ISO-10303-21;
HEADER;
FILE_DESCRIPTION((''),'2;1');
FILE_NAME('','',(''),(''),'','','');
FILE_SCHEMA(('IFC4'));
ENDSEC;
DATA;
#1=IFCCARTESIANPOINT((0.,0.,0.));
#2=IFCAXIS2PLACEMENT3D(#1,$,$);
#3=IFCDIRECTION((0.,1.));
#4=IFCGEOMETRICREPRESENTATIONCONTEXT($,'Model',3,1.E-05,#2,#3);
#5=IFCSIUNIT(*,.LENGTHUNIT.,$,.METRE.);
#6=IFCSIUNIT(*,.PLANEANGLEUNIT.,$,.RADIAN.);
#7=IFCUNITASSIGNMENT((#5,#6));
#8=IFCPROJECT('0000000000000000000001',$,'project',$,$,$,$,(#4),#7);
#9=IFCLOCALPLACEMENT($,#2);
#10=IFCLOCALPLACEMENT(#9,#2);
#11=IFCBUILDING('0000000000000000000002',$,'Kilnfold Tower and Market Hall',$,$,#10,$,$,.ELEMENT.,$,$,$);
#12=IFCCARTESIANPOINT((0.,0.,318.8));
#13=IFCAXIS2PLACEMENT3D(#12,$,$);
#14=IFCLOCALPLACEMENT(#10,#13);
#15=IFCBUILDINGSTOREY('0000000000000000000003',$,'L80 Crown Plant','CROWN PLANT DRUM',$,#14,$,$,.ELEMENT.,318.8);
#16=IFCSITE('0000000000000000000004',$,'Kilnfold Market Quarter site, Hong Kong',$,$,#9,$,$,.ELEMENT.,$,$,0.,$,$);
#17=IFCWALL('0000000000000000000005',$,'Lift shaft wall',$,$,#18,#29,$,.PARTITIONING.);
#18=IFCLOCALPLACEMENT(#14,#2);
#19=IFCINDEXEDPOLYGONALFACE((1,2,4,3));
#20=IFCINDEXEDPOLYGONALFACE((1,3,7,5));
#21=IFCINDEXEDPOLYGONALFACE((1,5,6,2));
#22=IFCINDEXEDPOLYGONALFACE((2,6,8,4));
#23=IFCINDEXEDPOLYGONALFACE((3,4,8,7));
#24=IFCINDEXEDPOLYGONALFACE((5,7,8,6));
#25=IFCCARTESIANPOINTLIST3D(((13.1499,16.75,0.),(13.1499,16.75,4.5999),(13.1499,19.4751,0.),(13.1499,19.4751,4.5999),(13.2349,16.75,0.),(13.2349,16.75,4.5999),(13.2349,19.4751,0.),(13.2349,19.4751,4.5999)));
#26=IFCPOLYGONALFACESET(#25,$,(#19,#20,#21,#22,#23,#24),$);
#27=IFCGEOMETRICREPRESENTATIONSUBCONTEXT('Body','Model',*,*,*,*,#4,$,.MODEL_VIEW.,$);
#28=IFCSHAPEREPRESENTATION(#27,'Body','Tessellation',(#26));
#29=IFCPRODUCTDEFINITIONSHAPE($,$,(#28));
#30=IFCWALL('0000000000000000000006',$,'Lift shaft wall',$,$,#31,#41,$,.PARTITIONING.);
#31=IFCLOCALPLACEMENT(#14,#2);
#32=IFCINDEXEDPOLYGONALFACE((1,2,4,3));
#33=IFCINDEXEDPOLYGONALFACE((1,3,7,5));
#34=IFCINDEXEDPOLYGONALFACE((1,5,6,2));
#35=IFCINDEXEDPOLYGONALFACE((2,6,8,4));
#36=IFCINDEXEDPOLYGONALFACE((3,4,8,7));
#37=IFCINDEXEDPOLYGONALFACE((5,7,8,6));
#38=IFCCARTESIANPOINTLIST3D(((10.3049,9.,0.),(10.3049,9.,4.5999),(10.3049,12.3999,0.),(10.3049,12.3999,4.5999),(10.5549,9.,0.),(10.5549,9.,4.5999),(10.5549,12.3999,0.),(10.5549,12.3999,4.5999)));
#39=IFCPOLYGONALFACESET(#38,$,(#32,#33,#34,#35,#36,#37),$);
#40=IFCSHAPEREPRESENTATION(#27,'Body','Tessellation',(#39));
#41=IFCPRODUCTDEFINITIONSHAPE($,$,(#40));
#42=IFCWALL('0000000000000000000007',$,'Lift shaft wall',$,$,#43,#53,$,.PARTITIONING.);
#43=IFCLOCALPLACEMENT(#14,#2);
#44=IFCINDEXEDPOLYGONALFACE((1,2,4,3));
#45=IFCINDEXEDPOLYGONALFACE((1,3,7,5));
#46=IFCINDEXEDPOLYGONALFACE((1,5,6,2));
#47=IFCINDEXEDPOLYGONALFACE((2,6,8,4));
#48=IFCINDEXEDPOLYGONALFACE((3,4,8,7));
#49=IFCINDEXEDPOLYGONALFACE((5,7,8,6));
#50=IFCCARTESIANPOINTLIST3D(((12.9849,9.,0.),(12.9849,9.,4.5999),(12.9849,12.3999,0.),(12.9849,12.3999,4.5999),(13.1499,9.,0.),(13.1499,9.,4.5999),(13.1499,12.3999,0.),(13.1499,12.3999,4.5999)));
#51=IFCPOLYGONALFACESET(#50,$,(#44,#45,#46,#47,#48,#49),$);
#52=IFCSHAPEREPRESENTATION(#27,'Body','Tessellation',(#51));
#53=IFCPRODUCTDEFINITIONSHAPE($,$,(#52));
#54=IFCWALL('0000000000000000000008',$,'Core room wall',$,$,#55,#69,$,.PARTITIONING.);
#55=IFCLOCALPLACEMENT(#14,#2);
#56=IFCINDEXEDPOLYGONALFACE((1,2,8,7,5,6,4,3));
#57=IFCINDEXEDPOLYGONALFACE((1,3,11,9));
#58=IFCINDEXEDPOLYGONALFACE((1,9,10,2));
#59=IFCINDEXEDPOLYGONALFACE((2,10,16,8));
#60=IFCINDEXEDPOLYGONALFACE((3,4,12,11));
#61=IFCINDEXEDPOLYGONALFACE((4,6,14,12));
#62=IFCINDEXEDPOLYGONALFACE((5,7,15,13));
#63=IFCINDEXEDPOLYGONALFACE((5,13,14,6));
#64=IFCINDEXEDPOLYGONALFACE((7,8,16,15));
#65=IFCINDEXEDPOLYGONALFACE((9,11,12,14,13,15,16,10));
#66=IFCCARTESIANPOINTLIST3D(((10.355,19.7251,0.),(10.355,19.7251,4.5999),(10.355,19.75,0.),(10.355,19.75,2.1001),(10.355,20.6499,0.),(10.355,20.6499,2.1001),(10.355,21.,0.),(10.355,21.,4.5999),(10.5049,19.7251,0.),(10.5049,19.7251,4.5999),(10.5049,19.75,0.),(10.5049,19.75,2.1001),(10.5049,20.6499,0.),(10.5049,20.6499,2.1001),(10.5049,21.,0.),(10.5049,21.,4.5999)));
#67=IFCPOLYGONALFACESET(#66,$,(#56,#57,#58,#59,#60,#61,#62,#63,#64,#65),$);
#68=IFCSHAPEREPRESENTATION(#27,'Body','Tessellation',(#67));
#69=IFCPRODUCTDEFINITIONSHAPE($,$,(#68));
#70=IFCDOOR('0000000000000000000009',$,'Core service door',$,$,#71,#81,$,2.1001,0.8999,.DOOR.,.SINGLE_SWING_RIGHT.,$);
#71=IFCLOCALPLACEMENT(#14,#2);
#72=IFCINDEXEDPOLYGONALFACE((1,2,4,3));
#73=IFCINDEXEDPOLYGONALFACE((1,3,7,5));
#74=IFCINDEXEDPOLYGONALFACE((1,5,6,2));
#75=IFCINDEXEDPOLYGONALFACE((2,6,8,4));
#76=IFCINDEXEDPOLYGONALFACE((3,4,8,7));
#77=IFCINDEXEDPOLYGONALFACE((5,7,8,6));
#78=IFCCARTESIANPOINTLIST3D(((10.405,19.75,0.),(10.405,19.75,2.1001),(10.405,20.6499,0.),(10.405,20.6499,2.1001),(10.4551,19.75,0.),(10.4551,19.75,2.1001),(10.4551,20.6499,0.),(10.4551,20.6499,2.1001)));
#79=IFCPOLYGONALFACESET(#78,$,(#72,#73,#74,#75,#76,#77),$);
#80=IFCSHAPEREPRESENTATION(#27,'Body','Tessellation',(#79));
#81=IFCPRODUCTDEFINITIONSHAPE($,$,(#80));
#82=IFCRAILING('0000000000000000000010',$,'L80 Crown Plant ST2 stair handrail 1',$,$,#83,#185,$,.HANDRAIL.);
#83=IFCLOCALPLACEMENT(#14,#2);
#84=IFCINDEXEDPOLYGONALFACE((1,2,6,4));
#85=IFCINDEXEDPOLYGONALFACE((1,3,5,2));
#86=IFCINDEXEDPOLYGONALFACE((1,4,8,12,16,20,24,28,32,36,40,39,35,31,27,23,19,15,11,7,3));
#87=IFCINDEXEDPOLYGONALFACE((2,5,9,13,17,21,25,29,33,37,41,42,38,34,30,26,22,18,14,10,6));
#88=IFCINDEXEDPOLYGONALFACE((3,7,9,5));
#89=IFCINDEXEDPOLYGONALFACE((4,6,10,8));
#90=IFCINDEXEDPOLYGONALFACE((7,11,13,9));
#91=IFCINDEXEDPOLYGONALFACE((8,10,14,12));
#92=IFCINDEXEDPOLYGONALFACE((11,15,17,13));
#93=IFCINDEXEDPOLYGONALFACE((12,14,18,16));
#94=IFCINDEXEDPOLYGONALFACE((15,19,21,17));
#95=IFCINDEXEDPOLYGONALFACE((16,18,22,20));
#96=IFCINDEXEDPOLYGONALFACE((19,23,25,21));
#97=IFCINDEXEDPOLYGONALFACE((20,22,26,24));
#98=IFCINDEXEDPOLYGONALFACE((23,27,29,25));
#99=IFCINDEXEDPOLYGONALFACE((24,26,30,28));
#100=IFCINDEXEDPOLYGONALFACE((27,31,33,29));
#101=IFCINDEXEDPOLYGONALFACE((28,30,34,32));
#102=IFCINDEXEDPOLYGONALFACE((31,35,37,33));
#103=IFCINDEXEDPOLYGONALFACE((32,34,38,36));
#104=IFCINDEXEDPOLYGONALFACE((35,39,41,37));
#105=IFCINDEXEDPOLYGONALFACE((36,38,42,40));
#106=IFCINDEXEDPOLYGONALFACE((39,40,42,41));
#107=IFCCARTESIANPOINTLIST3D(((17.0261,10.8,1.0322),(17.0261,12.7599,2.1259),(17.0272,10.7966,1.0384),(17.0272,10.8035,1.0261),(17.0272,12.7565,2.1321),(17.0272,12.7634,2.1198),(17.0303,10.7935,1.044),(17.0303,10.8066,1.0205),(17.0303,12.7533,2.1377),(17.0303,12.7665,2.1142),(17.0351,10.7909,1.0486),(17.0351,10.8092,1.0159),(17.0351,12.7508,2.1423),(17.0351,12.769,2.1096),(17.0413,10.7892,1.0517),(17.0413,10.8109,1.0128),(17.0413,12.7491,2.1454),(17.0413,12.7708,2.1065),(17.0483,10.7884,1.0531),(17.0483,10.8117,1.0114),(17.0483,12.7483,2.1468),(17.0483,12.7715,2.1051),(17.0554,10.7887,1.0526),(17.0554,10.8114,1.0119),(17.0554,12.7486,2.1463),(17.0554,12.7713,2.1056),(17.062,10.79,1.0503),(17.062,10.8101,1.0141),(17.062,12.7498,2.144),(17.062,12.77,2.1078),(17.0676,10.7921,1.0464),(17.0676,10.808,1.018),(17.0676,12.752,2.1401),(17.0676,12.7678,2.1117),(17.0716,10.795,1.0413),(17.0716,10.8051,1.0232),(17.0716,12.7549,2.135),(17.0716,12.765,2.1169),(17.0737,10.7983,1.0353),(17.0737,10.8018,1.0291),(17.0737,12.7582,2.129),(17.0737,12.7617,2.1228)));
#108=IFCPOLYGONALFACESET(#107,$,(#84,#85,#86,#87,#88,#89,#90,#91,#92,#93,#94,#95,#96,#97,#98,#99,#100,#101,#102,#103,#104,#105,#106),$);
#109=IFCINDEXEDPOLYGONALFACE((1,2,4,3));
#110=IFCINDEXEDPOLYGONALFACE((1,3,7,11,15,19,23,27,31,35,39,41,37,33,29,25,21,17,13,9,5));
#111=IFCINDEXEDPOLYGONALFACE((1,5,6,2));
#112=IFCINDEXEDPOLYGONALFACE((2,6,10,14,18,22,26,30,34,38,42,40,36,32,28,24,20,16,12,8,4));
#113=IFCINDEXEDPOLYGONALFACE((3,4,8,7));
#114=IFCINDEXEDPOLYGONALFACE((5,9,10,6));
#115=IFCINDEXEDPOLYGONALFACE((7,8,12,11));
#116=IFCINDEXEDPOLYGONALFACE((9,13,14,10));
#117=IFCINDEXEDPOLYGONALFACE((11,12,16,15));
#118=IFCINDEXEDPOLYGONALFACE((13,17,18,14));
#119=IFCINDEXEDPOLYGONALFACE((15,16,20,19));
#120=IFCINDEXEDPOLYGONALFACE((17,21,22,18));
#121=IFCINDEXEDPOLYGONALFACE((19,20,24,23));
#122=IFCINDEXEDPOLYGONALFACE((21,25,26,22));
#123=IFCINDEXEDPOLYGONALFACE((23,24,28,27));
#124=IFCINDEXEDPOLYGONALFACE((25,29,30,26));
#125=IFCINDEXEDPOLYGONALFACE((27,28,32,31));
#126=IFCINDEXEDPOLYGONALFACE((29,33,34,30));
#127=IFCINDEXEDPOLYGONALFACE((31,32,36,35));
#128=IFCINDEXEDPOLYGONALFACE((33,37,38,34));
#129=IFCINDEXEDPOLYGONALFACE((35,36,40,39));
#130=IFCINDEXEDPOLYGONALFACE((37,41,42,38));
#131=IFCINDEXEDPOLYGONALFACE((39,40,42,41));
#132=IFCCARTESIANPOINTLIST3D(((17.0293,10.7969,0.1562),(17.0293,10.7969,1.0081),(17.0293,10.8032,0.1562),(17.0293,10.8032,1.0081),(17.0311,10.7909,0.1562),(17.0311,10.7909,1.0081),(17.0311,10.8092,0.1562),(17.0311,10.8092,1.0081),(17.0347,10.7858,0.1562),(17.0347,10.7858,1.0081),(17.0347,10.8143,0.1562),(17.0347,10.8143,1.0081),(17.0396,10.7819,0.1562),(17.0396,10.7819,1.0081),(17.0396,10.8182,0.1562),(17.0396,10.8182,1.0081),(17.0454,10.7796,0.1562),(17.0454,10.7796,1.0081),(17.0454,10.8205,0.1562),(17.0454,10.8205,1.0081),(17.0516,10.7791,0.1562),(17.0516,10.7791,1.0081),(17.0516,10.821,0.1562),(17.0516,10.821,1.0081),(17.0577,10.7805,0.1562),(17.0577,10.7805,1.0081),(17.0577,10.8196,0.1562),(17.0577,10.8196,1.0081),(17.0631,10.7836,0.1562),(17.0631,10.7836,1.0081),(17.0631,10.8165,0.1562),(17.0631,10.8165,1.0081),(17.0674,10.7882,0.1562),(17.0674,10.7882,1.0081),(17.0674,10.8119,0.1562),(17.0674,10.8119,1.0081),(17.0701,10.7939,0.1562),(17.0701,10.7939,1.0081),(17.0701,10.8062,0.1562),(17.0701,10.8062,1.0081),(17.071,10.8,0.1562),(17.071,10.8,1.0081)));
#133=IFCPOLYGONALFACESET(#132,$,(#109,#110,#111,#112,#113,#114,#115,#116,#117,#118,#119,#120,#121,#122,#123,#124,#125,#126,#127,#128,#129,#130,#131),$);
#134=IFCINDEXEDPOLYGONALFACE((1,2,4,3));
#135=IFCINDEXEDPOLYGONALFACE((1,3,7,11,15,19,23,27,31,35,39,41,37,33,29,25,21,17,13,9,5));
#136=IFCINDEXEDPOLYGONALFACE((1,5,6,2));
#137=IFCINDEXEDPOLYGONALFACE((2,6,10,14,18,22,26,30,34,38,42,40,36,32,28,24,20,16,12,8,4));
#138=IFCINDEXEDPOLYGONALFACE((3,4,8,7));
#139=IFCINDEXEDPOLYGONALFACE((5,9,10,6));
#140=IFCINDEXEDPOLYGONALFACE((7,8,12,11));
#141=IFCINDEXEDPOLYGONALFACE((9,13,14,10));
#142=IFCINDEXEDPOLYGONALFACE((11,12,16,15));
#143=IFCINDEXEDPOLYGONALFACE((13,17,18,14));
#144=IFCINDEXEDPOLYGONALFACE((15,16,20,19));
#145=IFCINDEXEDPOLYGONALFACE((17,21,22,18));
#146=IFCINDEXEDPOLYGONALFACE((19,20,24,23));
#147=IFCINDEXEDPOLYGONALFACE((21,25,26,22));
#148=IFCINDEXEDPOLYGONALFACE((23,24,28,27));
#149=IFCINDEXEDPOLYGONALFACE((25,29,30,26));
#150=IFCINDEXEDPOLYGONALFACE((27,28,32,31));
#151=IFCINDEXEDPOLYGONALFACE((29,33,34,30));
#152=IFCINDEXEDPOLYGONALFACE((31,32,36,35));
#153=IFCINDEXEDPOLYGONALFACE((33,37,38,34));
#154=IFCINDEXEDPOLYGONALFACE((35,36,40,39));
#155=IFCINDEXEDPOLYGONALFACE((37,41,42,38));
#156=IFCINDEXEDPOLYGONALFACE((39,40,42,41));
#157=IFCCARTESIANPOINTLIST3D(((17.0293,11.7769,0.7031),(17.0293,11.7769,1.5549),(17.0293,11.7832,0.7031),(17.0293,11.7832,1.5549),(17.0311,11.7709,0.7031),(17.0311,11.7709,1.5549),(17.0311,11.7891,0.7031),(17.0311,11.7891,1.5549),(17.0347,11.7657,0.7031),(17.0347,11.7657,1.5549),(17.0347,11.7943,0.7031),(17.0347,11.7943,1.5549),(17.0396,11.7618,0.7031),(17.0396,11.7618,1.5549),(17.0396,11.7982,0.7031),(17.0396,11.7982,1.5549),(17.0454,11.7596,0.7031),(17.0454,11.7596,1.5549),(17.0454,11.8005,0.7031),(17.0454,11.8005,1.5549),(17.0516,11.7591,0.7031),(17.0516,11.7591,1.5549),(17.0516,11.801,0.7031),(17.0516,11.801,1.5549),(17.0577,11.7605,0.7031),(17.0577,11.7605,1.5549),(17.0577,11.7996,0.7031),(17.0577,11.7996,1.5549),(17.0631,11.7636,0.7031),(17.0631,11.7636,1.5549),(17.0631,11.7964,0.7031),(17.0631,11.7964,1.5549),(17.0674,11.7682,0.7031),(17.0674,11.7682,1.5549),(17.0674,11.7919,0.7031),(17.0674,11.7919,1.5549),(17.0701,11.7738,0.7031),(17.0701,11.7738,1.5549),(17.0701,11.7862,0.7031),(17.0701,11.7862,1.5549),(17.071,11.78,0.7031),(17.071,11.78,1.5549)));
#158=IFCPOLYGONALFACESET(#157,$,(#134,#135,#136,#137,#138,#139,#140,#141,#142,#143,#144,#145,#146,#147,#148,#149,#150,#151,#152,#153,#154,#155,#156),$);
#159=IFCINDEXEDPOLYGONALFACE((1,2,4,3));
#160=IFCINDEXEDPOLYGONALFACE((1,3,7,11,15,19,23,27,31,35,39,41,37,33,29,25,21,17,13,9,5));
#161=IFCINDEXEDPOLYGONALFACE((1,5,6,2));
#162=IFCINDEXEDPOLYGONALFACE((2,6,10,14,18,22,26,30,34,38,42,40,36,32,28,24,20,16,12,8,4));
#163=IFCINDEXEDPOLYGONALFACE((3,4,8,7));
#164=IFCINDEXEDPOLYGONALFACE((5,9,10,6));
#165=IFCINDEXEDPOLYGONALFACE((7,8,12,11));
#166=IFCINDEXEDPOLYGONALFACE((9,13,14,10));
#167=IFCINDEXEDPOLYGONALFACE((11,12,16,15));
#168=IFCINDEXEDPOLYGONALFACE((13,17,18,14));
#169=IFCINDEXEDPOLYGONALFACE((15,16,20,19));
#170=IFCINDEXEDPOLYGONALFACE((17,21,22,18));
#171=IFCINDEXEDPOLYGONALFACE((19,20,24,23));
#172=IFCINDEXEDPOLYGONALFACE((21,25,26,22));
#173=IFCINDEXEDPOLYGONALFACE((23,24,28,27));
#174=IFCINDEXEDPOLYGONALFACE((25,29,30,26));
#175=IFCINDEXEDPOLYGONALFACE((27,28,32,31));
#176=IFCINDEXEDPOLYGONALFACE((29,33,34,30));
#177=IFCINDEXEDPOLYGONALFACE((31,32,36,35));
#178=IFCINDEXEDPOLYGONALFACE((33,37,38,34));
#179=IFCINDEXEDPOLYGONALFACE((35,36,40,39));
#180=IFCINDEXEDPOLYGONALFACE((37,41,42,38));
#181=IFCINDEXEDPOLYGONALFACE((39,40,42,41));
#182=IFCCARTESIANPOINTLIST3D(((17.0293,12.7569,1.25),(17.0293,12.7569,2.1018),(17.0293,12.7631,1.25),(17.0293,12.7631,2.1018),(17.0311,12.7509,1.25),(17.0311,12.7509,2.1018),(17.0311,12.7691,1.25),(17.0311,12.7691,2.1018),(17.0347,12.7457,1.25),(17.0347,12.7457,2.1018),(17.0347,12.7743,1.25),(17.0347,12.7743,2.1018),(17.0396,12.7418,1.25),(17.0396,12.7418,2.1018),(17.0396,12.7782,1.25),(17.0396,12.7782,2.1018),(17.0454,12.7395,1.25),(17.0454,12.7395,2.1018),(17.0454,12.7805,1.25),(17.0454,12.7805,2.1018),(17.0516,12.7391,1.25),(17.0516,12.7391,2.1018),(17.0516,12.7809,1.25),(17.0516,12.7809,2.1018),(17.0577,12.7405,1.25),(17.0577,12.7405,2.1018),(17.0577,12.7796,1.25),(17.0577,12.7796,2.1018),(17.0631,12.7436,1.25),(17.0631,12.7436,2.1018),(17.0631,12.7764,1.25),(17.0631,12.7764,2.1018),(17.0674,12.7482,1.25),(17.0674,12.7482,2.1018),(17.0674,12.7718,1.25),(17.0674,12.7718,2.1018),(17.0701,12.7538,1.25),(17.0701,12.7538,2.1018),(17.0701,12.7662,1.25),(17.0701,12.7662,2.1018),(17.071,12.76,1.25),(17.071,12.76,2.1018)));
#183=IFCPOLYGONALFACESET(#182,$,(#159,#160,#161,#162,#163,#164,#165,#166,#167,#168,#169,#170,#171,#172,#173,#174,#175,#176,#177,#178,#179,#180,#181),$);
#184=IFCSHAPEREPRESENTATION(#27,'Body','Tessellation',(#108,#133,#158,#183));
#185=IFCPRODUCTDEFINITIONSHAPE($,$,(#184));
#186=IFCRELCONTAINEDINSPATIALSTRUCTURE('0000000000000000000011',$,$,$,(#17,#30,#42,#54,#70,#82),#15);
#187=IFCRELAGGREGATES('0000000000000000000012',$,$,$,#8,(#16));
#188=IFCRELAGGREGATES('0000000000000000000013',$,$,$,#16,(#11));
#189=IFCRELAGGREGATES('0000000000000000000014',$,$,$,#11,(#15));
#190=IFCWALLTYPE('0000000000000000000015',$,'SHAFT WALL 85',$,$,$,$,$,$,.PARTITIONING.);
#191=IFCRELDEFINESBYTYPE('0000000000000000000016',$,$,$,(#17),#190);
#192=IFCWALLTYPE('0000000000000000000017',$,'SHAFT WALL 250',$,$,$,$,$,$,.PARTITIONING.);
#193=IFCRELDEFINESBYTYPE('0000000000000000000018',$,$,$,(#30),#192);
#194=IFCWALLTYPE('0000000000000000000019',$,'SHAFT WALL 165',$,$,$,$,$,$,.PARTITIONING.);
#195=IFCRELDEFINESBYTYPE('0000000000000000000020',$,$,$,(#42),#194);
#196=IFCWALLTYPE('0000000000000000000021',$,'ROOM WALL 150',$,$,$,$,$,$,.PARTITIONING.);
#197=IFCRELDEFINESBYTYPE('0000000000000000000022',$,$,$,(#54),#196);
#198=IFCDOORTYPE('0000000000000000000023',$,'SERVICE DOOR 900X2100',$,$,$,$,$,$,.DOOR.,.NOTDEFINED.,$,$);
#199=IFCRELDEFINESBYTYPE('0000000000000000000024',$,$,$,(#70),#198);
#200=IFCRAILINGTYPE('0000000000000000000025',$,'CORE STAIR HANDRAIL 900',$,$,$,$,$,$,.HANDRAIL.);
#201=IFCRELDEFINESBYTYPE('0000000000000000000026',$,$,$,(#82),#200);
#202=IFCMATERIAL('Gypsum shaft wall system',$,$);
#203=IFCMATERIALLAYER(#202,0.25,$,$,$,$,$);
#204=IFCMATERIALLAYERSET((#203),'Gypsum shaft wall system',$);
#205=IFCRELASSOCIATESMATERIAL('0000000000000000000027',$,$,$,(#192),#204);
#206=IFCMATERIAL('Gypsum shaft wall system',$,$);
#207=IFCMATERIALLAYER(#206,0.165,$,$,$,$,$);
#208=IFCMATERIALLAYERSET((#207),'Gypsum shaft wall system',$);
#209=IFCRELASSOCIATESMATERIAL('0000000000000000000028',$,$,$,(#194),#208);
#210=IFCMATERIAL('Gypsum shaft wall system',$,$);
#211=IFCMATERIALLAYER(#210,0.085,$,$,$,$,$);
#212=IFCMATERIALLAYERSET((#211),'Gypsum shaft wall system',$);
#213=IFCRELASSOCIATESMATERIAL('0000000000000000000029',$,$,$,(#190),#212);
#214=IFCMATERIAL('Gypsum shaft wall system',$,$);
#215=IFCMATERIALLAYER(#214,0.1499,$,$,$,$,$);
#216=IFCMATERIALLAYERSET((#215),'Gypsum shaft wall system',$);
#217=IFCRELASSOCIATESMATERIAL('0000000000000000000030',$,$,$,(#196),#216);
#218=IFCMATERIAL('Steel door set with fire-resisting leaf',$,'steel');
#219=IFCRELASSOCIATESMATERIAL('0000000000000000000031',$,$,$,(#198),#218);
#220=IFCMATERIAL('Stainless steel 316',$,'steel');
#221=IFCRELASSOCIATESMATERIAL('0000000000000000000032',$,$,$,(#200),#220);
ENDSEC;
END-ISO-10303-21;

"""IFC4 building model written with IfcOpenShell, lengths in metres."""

from ifc_helpers import new_model, si_unit, direction, frame, frame_2d, origin, origin_2d, place, context, subcontext, project, spatial, rectangle, circle, extrude, source, transform, mapped, material, layer, layer_set, type_object, element, fill, save


model = new_model("IFC4")

# Units and contexts
model_context = context("Model", 3, precision=1e-05, world=origin(), true_north=direction((0.0, 1.0)))
body_context = subcontext(model_context, "Body", "Model", "MODEL_VIEW")
ifc_project = project(units=[si_unit("LENGTHUNIT", "METRE"), si_unit("PLANEANGLEUNIT", "RADIAN")], contexts=[model_context])

# Site, building, storey
site_placement = place(None, origin())
site = spatial("IfcSite", under=ifc_project, at=site_placement, Name="Kilnfold Market Quarter site, Hong Kong", CompositionType="ELEMENT", RefElevation=0.0)
building_placement = place(site_placement, origin())
building = spatial("IfcBuilding", under=site, at=building_placement, Name="Kilnfold Tower and Market Hall", CompositionType="ELEMENT")
storey_placement = place(building_placement, frame((0.0, 0.0, 318.8)))
storey = spatial("IfcBuildingStorey", under=building, at=storey_placement, Name="L80 Crown Plant", Description="CROWN PLANT DRUM", CompositionType="ELEMENT", Elevation=318.8)

# Walls
ifc_material_1 = material(Name="Gypsum shaft wall system")
ifc_layer_1 = layer(ifc_material_1, 0.25)
ifc_layer_set_1 = layer_set([ifc_layer_1], Name="Gypsum shaft wall system")
wall_type_1 = type_object("IfcWallType", Name="SHAFT WALL 250", PredefinedType="PARTITIONING", material=ifc_layer_set_1)
ifc_material_2 = material(Name="Gypsum shaft wall system")
ifc_layer_2 = layer(ifc_material_2, 0.165)
ifc_layer_set_2 = layer_set([ifc_layer_2], Name="Gypsum shaft wall system")
wall_type_2 = type_object("IfcWallType", Name="SHAFT WALL 165", PredefinedType="PARTITIONING", material=ifc_layer_set_2)
ifc_material_3 = material(Name="Gypsum shaft wall system")
ifc_layer_3 = layer(ifc_material_3, 0.085)
ifc_layer_set_3 = layer_set([ifc_layer_3], Name="Gypsum shaft wall system")
wall_type_3 = type_object("IfcWallType", Name="SHAFT WALL 85", PredefinedType="PARTITIONING", material=ifc_layer_set_3)
shared_shape_1 = source(origin(), body_context, "Body", "SweptSolid", [
    extrude(rectangle(XDim=2.7251, YDim=0.085, at=frame_2d((1.3625, 0.0))), origin(), (0.0, 0.0, 1.0), 4.5999),
])
wall_1_placement = place(storey_placement, frame((13.1924, 16.75, 0.0), z_axis=(0.0, 0.0, 1.0), x_axis=(0.0, 1.0, 0.0)))
element("IfcWall", 1, at=wall_1_placement, inside=storey, type_object=wall_type_3, Name="Lift shaft wall", PredefinedType="PARTITIONING", context=body_context, shape_type="MappedRepresentation", body=[
    mapped(shared_shape_1, transform((0.0, 0.0, 0.0))),
])
shared_shape_2 = source(origin(), body_context, "Body", "SweptSolid", [
    extrude(rectangle(XDim=3.3999, YDim=0.25, at=frame_2d((1.7, 0.0))), origin(), (0.0, 0.0, 1.0), 4.5999),
])
wall_2_placement = place(storey_placement, frame((10.4299, 9.0, 0.0), z_axis=(0.0, 0.0, 1.0), x_axis=(0.0, 1.0, 0.0)))
element("IfcWall", 2, at=wall_2_placement, inside=storey, type_object=wall_type_1, Name="Lift shaft wall", PredefinedType="PARTITIONING", context=body_context, shape_type="MappedRepresentation", body=[
    mapped(shared_shape_2, transform((0.0, 0.0, 0.0))),
])
shared_shape_3 = source(origin(), body_context, "Body", "SweptSolid", [
    extrude(rectangle(XDim=3.3999, YDim=0.165, at=frame_2d((1.7, 0.0))), origin(), (0.0, 0.0, 1.0), 4.5999),
])
wall_3_placement = place(storey_placement, frame((13.0674, 9.0, 0.0), z_axis=(0.0, 0.0, 1.0), x_axis=(0.0, 1.0, 0.0)))
element("IfcWall", 3, at=wall_3_placement, inside=storey, type_object=wall_type_2, Name="Lift shaft wall", PredefinedType="PARTITIONING", context=body_context, shape_type="MappedRepresentation", body=[
    mapped(shared_shape_3, transform((0.0, 0.0, 0.0))),
])

# Wall, opening, door
ifc_material_4 = material(Name="Gypsum shaft wall system")
ifc_layer_4 = layer(ifc_material_4, 0.1499)
ifc_layer_set_4 = layer_set([ifc_layer_4], Name="Gypsum shaft wall system")
wall_type_4 = type_object("IfcWallType", Name="ROOM WALL 150", PredefinedType="PARTITIONING", material=ifc_layer_set_4)
shared_shape_4 = source(origin(), body_context, "Body", "SweptSolid", [
    extrude(rectangle(XDim=1.2749, YDim=0.1499, at=frame_2d((0.6375, 0.0))), origin(), (0.0, 0.0, 1.0), 4.5999),
])
wall_4_placement = place(storey_placement, frame((10.4299, 19.7251, 0.0), z_axis=(0.0, 0.0, 1.0), x_axis=(0.0, 1.0, 0.0)))
wall_4 = element("IfcWall", 4, at=wall_4_placement, inside=storey, type_object=wall_type_4, Name="Core room wall", PredefinedType="PARTITIONING", context=body_context, shape_type="MappedRepresentation", body=[
    mapped(shared_shape_4, transform((0.0, 0.0, 0.0))),
])
opening_placement = place(wall_4_placement, frame((0.0249, 0.0, 0.0)))
opening = element("IfcOpeningElement", 5, at=opening_placement, cuts=wall_4, PredefinedType="OPENING", context=body_context, shape_type="SweptSolid", body=[
    extrude(rectangle(XDim=0.8999, YDim=2.1001, at=frame_2d((0.45, 1.05))), frame((0.0, 0.085, 0.0), z_axis=(0.0, -1.0, 0.0), x_axis=(1.0, 0.0, 0.0)), (0.0, 0.0, 1.0), 0.1699),
])
ifc_material_5 = material(Name="Steel door set with fire-resisting leaf", Category="steel")
door_type = type_object("IfcDoorType", Name="SERVICE DOOR 900X2100", OperationType="NOTDEFINED", PredefinedType="DOOR", material=ifc_material_5)
door_placement = place(opening_placement, origin())
door = element("IfcDoor", 6, at=door_placement, inside=storey, type_object=door_type, Name="Core service door", OperationType="SINGLE_SWING_RIGHT", OverallHeight=2.1001, OverallWidth=0.8999, PredefinedType="DOOR", context=body_context, shape_type="SweptSolid", body=[
    extrude(rectangle(XDim=0.8999, YDim=2.1001, at=frame_2d((0.45, 1.05))), frame((0.0, 0.0249, 0.0), z_axis=(0.0, -1.0, 0.0), x_axis=(1.0, 0.0, 0.0)), (0.0, 0.0, 1.0), 0.05),
])
fill(opening, door)

# Railing
ifc_material_6 = material(Name="Stainless steel 316", Category="steel")
railing_type_1 = type_object("IfcRailingType", Name="CORE STAIR HANDRAIL 900", PredefinedType="HANDRAIL", material=ifc_material_6)
railing_1_placement = place(storey_placement, frame((17.05, 10.8, 0.1562)))
element("IfcRailing", 7, at=railing_1_placement, inside=storey, type_object=railing_type_1, Name="L80 Crown Plant ST2 stair handrail 1", PredefinedType="HANDRAIL", context=body_context, shape_type="SweptSolid", body=[
    extrude(circle(Radius=0.0239, at=origin_2d()), frame((0.0, 0.0, 0.876), z_axis=(0.0, 0.873232, 0.487304), x_axis=(-1.0, 0.0, 0.0)), (0.0, 0.0, 1.0), 2.2444),
    extrude(circle(Radius=0.021, at=origin_2d()), origin(), (0.0, 0.0, 1.0), 0.8518),
    extrude(circle(Radius=0.021, at=origin_2d()), frame((0.0, 0.98, 0.5469)), (0.0, 0.0, 1.0), 0.8518),
    extrude(circle(Radius=0.021, at=origin_2d()), frame((0.0, 1.96, 1.0938)), (0.0, 0.0, 1.0), 0.8518),
])

save(model, "model.ifc")
